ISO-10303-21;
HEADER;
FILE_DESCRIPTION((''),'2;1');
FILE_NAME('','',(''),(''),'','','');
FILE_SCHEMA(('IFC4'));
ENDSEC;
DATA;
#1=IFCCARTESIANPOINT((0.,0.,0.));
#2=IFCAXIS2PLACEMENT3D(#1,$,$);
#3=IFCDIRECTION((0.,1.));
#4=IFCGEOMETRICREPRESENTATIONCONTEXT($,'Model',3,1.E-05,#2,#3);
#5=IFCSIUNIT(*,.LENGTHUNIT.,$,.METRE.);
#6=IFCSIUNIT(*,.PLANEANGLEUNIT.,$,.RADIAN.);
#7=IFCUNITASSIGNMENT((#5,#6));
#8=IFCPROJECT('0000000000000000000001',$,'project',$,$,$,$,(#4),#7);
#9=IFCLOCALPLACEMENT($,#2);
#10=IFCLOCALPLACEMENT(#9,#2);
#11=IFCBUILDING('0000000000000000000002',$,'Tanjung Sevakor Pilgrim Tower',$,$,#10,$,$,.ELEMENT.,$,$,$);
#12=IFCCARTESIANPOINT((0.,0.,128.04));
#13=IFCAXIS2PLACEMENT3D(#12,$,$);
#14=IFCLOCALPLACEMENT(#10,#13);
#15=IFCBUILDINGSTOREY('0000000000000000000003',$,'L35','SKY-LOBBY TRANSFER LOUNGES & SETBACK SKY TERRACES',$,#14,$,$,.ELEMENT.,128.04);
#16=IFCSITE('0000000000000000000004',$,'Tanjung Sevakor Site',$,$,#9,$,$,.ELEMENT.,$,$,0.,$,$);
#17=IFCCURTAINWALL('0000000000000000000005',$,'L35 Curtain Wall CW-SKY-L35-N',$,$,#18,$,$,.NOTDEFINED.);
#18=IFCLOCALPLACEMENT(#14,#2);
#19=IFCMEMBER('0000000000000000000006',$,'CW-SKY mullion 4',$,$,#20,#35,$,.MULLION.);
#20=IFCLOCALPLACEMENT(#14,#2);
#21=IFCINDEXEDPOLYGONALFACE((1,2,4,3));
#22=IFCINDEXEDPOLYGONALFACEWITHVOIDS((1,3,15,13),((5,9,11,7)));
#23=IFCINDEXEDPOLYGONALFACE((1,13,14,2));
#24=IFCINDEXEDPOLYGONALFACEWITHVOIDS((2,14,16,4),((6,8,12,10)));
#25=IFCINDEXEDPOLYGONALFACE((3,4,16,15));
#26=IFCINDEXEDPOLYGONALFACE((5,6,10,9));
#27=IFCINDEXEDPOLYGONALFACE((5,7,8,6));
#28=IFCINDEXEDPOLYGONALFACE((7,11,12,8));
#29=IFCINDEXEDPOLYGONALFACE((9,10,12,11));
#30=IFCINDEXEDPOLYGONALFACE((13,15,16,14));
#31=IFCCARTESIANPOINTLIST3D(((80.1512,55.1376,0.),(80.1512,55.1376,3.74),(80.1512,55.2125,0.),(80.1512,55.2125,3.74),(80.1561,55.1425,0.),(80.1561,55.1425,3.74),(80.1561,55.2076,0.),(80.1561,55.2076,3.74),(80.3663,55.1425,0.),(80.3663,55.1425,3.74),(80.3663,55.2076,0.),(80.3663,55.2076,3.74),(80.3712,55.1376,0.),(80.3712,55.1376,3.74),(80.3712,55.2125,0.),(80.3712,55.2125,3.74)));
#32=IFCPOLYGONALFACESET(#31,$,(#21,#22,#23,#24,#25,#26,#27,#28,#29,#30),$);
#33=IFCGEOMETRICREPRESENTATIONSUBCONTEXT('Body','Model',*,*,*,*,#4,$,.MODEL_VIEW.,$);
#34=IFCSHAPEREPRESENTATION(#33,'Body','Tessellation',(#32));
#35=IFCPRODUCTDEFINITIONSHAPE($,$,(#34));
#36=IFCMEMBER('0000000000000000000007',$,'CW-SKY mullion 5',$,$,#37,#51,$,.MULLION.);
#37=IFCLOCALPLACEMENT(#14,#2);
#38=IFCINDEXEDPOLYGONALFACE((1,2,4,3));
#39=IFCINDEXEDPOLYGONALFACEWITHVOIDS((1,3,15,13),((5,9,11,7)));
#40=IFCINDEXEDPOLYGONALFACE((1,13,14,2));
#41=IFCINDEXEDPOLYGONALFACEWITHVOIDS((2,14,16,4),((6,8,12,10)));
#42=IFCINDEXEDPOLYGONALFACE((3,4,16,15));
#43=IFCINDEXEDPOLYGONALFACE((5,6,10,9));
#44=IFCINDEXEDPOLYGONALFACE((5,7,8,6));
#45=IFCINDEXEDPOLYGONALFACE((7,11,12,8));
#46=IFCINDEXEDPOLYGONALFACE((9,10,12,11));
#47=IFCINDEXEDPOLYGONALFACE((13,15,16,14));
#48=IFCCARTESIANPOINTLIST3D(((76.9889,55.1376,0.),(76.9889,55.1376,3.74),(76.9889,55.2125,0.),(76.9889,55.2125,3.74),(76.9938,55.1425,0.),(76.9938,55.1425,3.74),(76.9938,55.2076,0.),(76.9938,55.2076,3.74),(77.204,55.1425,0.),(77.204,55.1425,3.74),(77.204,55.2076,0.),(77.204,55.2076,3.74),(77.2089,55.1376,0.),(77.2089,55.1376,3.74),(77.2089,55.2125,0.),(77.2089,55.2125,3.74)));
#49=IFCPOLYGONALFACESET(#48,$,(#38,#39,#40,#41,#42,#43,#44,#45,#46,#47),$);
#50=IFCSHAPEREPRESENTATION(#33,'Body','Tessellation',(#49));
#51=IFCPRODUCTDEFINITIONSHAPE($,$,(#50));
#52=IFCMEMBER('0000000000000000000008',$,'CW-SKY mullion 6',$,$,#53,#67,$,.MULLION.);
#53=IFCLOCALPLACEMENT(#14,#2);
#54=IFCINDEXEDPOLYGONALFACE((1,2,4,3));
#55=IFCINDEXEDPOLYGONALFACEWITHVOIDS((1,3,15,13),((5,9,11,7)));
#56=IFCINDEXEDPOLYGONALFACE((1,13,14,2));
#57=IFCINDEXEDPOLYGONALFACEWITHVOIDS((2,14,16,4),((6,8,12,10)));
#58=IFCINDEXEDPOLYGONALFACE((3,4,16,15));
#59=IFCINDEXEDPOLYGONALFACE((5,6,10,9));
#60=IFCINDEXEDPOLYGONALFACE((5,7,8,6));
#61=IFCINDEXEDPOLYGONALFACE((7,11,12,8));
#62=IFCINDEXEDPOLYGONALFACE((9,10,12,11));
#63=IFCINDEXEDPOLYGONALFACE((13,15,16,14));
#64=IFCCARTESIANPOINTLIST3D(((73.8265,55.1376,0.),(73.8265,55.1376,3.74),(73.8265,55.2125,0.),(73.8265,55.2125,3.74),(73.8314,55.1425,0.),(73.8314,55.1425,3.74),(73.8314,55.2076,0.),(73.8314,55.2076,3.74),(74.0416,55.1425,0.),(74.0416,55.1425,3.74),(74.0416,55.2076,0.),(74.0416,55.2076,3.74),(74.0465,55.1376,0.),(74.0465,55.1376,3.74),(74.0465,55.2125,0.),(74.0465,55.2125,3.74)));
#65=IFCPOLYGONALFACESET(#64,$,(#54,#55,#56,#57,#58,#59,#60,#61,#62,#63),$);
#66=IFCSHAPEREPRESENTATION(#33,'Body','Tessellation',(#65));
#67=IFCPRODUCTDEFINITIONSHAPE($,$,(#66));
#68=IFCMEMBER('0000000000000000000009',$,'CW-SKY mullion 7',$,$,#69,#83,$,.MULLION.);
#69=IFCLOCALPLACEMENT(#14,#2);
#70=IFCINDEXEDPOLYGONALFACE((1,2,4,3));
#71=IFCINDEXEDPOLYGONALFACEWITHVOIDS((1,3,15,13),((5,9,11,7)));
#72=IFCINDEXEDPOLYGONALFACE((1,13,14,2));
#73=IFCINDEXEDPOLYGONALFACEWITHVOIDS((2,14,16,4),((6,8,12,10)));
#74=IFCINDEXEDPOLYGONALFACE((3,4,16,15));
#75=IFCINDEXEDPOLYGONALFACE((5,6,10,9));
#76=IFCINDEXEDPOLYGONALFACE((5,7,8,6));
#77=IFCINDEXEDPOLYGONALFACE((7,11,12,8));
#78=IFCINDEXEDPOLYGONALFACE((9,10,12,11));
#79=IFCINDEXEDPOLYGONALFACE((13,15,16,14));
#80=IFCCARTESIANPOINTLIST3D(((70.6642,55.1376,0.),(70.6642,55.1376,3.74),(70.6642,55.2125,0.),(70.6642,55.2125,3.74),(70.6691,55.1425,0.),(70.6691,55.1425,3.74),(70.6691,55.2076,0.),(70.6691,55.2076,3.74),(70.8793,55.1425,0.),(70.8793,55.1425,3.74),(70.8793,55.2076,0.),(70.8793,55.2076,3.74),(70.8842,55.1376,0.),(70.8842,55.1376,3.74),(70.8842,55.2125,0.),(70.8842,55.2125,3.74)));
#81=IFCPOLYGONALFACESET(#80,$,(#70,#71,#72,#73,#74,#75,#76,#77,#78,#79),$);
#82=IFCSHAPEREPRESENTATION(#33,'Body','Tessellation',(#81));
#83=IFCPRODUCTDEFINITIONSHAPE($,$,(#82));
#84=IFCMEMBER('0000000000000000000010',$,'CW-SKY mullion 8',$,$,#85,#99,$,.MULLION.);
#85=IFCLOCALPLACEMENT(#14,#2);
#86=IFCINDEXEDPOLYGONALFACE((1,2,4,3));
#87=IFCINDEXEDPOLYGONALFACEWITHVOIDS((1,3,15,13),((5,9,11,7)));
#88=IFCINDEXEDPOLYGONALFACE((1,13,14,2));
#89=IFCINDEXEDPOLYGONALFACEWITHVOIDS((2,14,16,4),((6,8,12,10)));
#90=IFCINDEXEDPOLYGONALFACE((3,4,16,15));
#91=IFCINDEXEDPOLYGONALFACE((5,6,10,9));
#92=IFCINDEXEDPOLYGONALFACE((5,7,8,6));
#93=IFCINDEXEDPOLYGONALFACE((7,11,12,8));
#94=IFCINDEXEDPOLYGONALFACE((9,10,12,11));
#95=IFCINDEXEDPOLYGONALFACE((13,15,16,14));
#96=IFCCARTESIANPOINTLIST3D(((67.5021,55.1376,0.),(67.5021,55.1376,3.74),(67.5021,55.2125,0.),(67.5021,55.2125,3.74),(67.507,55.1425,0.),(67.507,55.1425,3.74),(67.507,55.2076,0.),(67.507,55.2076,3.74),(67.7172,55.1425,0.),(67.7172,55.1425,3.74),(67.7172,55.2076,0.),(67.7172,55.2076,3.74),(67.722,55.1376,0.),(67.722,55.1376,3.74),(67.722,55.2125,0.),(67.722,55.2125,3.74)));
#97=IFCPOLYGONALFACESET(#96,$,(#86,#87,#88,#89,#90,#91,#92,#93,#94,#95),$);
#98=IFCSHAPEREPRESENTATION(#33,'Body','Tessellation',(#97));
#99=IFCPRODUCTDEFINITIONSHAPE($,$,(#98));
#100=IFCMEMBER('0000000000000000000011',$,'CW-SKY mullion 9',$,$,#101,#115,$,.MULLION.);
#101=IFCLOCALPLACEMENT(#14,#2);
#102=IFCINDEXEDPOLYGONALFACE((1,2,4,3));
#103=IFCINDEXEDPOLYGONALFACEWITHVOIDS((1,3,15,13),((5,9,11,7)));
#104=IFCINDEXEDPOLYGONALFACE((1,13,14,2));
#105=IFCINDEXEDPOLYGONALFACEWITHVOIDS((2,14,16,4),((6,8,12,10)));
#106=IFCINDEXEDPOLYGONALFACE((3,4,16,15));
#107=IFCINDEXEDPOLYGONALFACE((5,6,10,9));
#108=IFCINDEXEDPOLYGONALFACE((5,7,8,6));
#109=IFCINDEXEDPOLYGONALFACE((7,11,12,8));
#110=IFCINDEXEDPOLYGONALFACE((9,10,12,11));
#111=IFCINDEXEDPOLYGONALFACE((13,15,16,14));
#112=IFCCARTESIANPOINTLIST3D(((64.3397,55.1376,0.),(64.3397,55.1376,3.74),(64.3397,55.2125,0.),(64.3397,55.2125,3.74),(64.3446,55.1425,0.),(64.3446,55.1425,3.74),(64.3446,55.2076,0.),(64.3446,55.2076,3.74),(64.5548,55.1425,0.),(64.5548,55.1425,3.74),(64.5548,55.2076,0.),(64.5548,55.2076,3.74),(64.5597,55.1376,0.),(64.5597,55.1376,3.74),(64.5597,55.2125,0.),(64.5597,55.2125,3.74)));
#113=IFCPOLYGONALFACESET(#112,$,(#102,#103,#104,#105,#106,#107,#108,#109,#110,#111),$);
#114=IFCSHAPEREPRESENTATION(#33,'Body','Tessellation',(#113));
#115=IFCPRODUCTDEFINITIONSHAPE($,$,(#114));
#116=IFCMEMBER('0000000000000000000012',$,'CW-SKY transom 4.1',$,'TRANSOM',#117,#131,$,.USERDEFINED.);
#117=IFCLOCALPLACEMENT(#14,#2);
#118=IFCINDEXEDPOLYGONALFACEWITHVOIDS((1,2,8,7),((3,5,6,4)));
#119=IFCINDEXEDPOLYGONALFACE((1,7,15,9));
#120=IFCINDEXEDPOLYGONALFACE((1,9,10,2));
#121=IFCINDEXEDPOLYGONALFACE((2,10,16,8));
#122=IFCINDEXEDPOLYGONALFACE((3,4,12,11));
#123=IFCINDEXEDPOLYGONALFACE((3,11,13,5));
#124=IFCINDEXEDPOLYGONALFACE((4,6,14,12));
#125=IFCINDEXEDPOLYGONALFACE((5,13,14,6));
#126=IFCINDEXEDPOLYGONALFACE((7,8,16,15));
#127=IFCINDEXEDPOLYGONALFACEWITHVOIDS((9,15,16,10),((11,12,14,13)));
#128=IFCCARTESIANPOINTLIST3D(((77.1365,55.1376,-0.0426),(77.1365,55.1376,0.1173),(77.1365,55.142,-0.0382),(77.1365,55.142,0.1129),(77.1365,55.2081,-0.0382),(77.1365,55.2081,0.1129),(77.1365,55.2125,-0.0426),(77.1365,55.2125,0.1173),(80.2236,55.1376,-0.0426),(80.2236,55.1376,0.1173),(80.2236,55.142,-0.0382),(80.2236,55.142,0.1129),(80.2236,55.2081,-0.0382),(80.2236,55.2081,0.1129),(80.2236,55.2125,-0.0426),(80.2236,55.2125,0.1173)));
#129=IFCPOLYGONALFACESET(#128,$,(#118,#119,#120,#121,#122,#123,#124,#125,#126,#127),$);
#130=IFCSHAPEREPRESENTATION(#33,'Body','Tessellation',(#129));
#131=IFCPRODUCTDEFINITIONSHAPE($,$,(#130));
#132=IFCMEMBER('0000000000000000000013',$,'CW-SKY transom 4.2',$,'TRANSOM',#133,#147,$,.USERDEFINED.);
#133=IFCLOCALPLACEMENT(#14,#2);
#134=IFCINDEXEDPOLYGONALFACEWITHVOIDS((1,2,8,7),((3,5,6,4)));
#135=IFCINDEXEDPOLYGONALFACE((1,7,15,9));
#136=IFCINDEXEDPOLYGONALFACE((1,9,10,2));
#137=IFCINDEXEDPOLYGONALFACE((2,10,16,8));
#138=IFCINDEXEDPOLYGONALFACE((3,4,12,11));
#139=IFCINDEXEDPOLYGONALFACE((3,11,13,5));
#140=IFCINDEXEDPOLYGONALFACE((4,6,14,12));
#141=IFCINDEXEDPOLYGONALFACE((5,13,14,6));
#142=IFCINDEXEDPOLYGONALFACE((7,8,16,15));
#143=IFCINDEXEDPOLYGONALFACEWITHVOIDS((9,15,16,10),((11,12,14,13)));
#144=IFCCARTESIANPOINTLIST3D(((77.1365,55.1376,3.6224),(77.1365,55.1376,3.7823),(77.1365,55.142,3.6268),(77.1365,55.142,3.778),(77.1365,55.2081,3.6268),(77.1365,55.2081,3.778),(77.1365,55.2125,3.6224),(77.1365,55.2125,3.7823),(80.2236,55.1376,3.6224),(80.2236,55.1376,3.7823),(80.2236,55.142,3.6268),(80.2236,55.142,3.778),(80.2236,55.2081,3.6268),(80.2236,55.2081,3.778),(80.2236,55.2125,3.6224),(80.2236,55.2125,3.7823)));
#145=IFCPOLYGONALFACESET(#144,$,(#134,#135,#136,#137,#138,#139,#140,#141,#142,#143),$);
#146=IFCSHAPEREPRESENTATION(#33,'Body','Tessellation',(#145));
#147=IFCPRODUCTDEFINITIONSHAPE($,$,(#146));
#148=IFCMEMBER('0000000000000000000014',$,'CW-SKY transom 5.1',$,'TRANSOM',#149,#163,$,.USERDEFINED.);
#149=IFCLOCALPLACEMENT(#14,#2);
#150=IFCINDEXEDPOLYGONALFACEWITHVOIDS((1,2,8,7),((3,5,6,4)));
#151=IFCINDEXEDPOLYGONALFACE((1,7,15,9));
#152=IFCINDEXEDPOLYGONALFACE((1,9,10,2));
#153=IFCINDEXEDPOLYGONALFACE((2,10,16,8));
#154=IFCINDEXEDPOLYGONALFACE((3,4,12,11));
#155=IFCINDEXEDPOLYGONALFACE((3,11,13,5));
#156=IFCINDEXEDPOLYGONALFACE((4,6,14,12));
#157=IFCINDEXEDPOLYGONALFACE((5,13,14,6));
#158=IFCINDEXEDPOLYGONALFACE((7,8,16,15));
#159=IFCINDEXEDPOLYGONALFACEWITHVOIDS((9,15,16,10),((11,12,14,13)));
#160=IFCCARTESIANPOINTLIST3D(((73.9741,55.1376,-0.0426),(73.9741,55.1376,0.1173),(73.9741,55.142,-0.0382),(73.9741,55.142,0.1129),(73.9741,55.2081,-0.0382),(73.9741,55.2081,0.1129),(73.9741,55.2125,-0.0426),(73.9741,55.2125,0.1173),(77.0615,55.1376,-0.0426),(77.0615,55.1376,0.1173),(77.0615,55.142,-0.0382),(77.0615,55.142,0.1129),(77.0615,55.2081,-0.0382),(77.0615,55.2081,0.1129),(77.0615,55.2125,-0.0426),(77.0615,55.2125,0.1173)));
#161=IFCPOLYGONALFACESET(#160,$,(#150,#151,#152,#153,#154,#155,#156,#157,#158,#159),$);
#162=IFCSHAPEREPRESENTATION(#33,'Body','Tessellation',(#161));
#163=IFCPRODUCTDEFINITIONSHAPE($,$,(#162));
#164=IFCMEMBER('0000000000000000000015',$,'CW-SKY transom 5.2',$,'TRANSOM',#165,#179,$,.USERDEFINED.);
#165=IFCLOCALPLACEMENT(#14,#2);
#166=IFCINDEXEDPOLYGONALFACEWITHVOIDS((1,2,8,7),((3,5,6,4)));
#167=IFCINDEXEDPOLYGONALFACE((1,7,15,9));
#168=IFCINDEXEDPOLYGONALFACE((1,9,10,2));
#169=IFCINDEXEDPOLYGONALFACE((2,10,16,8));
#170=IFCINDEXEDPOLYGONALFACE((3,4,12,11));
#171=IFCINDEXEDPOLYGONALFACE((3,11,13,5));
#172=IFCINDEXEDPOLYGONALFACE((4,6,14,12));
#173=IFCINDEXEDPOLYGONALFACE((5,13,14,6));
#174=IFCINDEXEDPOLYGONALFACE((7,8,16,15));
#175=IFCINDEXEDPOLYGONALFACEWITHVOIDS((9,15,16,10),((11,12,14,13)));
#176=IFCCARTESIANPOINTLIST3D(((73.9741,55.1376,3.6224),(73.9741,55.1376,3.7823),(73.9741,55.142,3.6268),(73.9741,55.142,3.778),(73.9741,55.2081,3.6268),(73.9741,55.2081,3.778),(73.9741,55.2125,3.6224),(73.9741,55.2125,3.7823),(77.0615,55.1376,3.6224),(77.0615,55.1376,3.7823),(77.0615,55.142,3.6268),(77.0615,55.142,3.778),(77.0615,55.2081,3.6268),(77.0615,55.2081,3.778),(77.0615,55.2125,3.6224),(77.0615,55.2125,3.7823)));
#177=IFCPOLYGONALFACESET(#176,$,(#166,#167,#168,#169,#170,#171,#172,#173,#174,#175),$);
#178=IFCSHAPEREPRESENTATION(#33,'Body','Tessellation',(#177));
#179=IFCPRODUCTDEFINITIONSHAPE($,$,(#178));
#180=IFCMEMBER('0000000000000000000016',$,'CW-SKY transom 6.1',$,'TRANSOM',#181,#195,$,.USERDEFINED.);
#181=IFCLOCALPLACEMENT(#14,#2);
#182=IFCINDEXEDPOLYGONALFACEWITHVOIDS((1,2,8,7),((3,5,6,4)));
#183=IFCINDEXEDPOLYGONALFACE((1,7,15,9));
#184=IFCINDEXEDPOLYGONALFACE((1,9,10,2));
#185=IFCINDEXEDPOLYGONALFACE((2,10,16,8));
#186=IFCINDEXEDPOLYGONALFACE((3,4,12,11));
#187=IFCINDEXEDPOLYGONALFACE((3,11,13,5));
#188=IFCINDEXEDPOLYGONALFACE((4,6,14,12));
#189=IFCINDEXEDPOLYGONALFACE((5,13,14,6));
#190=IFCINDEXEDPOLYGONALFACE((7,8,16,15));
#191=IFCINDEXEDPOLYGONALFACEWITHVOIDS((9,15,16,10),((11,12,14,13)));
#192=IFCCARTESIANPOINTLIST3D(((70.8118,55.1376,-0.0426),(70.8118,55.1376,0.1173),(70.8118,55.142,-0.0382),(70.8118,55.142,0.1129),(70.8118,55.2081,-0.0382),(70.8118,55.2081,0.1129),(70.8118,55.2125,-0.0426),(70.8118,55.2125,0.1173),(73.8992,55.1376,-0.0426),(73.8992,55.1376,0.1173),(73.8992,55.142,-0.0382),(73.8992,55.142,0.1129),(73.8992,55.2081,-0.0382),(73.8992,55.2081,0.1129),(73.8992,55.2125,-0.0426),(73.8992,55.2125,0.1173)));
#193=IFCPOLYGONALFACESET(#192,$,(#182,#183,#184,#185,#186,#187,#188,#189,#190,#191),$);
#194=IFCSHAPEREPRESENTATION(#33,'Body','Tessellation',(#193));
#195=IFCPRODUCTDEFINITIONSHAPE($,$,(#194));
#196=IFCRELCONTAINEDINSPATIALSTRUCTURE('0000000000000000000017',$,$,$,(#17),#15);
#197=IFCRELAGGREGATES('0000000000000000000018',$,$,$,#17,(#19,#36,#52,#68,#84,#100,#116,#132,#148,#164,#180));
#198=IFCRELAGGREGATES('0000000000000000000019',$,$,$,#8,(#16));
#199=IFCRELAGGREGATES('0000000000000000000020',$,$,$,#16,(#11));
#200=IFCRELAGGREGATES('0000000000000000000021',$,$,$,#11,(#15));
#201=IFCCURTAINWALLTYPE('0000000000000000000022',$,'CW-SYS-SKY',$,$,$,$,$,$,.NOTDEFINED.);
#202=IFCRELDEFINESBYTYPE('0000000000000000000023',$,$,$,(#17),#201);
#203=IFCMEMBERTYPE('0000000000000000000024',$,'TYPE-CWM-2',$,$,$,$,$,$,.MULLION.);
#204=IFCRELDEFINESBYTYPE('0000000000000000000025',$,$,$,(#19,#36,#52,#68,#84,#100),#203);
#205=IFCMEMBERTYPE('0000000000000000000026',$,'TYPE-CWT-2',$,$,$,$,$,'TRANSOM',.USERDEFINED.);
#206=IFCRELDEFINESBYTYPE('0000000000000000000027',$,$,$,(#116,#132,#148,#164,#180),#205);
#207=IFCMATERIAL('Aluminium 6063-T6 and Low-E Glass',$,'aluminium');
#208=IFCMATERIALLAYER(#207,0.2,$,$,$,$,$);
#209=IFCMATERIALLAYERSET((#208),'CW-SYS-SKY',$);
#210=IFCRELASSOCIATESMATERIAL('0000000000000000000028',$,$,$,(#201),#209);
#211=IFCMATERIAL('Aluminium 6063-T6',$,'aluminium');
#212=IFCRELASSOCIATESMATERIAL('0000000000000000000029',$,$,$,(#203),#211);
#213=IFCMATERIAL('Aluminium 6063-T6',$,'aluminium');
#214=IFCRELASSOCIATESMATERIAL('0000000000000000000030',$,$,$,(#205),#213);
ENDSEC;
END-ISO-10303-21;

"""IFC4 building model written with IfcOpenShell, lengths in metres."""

from ifc_helpers import new_model, si_unit, direction, frame, origin, origin_2d, place, context, subcontext, project, spatial, hollow_rectangle, extrude, material, layer, layer_set, material_profile, profile_set, type_object, element, aggregate, save


model = new_model("IFC4")

# Units and contexts
model_context = context("Model", 3, precision=1e-05, world=origin(), true_north=direction((0.0, 1.0)))
body_context = subcontext(model_context, "Body", "Model", "MODEL_VIEW")
ifc_project = project(units=[si_unit("LENGTHUNIT", "METRE"), si_unit("PLANEANGLEUNIT", "RADIAN")], contexts=[model_context])

# Site, building, storey
site_placement = place(None, origin())
site = spatial("IfcSite", under=ifc_project, at=site_placement, Name="Tanjung Sevakor Site", CompositionType="ELEMENT", RefElevation=0.0)
building_placement = place(site_placement, origin())
building = spatial("IfcBuilding", under=site, at=building_placement, Name="Tanjung Sevakor Pilgrim Tower", CompositionType="ELEMENT")
storey_placement = place(building_placement, frame((0.0, 0.0, 128.04)))
storey = spatial("IfcBuildingStorey", under=building, at=storey_placement, Name="L35", Description="SKY-LOBBY TRANSFER LOUNGES & SETBACK SKY TERRACES", CompositionType="ELEMENT", Elevation=128.04)

# Curtain wall, members
ifc_material_1 = material(Name="Aluminium 6063-T6 and Low-E Glass", Category="aluminium")
ifc_layer_1 = layer(ifc_material_1, 0.2)
ifc_layer_set_1 = layer_set([ifc_layer_1], Name="CW-SYS-SKY")
curtain_wall_type = type_object("IfcCurtainWallType", Name="CW-SYS-SKY", PredefinedType="NOTDEFINED", material=ifc_layer_set_1)
curtain_wall_placement = place(storey_placement, origin())
curtain_wall = element("IfcCurtainWall", 1, at=curtain_wall_placement, inside=storey, type_object=curtain_wall_type, Name="L35 Curtain Wall CW-SKY-L35-N", PredefinedType="NOTDEFINED")
ifc_material_2 = material(Name="Aluminium 6063-T6", Category="aluminium")
ifc_material_profile_1 = material_profile(ifc_material_2, hollow_rectangle(XDim=0.075, YDim=0.22, WallThickness=0.0049, at=origin_2d()))
ifc_profile_set_1 = profile_set([ifc_material_profile_1], Name="Aluminium 6063-T6")
member_type_1 = type_object("IfcMemberType", Name="TYPE-CWM-2", PredefinedType="MULLION", material=ifc_profile_set_1)
member_1_placement = place(storey_placement, frame((80.2612, 55.175, 0.0), z_axis=(0.0, 0.0, 1.0), x_axis=(0.0, -1.0, 0.0)))
member_1 = element("IfcMember", 2, at=member_1_placement, type_object=member_type_1, Name="CW-SKY mullion 4", PredefinedType="MULLION", context=body_context, shape_type="SweptSolid", body=[
    extrude(hollow_rectangle(XDim=0.075, YDim=0.22, WallThickness=0.0049, at=origin_2d()), origin(), (0.0, 0.0, 1.0), 3.74),
])
member_2_placement = place(storey_placement, frame((77.0989, 55.175, 0.0), z_axis=(0.0, 0.0, 1.0), x_axis=(0.0, -1.0, 0.0)))
member_2 = element("IfcMember", 3, at=member_2_placement, type_object=member_type_1, Name="CW-SKY mullion 5", PredefinedType="MULLION", context=body_context, shape_type="SweptSolid", body=[
    extrude(hollow_rectangle(XDim=0.075, YDim=0.22, WallThickness=0.0049, at=origin_2d()), origin(), (0.0, 0.0, 1.0), 3.74),
])
member_3_placement = place(storey_placement, frame((73.9365, 55.175, 0.0), z_axis=(0.0, 0.0, 1.0), x_axis=(0.0, -1.0, 0.0)))
member_3 = element("IfcMember", 4, at=member_3_placement, type_object=member_type_1, Name="CW-SKY mullion 6", PredefinedType="MULLION", context=body_context, shape_type="SweptSolid", body=[
    extrude(hollow_rectangle(XDim=0.075, YDim=0.22, WallThickness=0.0049, at=origin_2d()), origin(), (0.0, 0.0, 1.0), 3.74),
])
member_4_placement = place(storey_placement, frame((70.7742, 55.175, 0.0), z_axis=(0.0, 0.0, 1.0), x_axis=(0.0, -1.0, 0.0)))
member_4 = element("IfcMember", 5, at=member_4_placement, type_object=member_type_1, Name="CW-SKY mullion 7", PredefinedType="MULLION", context=body_context, shape_type="SweptSolid", body=[
    extrude(hollow_rectangle(XDim=0.075, YDim=0.22, WallThickness=0.0049, at=origin_2d()), origin(), (0.0, 0.0, 1.0), 3.74),
])
member_5_placement = place(storey_placement, frame((67.6121, 55.175, 0.0), z_axis=(0.0, 0.0, 1.0), x_axis=(0.0, -1.0, 0.0)))
member_5 = element("IfcMember", 6, at=member_5_placement, type_object=member_type_1, Name="CW-SKY mullion 8", PredefinedType="MULLION", context=body_context, shape_type="SweptSolid", body=[
    extrude(hollow_rectangle(XDim=0.075, YDim=0.22, WallThickness=0.0049, at=origin_2d()), origin(), (0.0, 0.0, 1.0), 3.74),
])
member_6_placement = place(storey_placement, frame((64.4497, 55.175, 0.0), z_axis=(0.0, 0.0, 1.0), x_axis=(0.0, -1.0, 0.0)))
member_6 = element("IfcMember", 7, at=member_6_placement, type_object=member_type_1, Name="CW-SKY mullion 9", PredefinedType="MULLION", context=body_context, shape_type="SweptSolid", body=[
    extrude(hollow_rectangle(XDim=0.075, YDim=0.22, WallThickness=0.0049, at=origin_2d()), origin(), (0.0, 0.0, 1.0), 3.74),
])
ifc_material_3 = material(Name="Aluminium 6063-T6", Category="aluminium")
ifc_material_profile_2 = material_profile(ifc_material_3, hollow_rectangle(XDim=0.075, YDim=0.1599, WallThickness=0.0044, at=origin_2d()))
ifc_profile_set_2 = profile_set([ifc_material_profile_2], Name="Aluminium 6063-T6")
member_type_2 = type_object("IfcMemberType", Name="TYPE-CWT-2", ElementType="TRANSOM", PredefinedType="USERDEFINED", material=ifc_profile_set_2)
member_7_placement = place(storey_placement, frame((80.2236, 55.175, 0.0374), z_axis=(-1.0, 0.0, 0.0), x_axis=(0.0, -1.0, 0.0)))
member_7 = element("IfcMember", 8, at=member_7_placement, type_object=member_type_2, Name="CW-SKY transom 4.1", ObjectType="TRANSOM", PredefinedType="USERDEFINED", context=body_context, shape_type="SweptSolid", body=[
    extrude(hollow_rectangle(XDim=0.075, YDim=0.1599, WallThickness=0.0044, at=origin_2d()), origin(), (0.0, 0.0, 1.0), 3.0872),
])
member_8_placement = place(storey_placement, frame((80.2236, 55.175, 3.7024), z_axis=(-1.0, 0.0, 0.0), x_axis=(0.0, -1.0, 0.0)))
member_8 = element("IfcMember", 9, at=member_8_placement, type_object=member_type_2, Name="CW-SKY transom 4.2", ObjectType="TRANSOM", PredefinedType="USERDEFINED", context=body_context, shape_type="SweptSolid", body=[
    extrude(hollow_rectangle(XDim=0.075, YDim=0.1599, WallThickness=0.0044, at=origin_2d()), origin(), (0.0, 0.0, 1.0), 3.0872),
])
member_9_placement = place(storey_placement, frame((77.0615, 55.175, 0.0374), z_axis=(-1.0, 0.0, 0.0), x_axis=(0.0, -1.0, 0.0)))
member_9 = element("IfcMember", 10, at=member_9_placement, type_object=member_type_2, Name="CW-SKY transom 5.1", ObjectType="TRANSOM", PredefinedType="USERDEFINED", context=body_context, shape_type="SweptSolid", body=[
    extrude(hollow_rectangle(XDim=0.075, YDim=0.1599, WallThickness=0.0044, at=origin_2d()), origin(), (0.0, 0.0, 1.0), 3.0874),
])
member_10_placement = place(storey_placement, frame((77.0615, 55.175, 3.7024), z_axis=(-1.0, 0.0, 0.0), x_axis=(0.0, -1.0, 0.0)))
member_10 = element("IfcMember", 11, at=member_10_placement, type_object=member_type_2, Name="CW-SKY transom 5.2", ObjectType="TRANSOM", PredefinedType="USERDEFINED", context=body_context, shape_type="SweptSolid", body=[
    extrude(hollow_rectangle(XDim=0.075, YDim=0.1599, WallThickness=0.0044, at=origin_2d()), origin(), (0.0, 0.0, 1.0), 3.0874),
])
member_11_placement = place(storey_placement, frame((73.8992, 55.175, 0.0374), z_axis=(-1.0, 0.0, 0.0), x_axis=(0.0, -1.0, 0.0)))
member_11 = element("IfcMember", 12, at=member_11_placement, type_object=member_type_2, Name="CW-SKY transom 6.1", ObjectType="TRANSOM", PredefinedType="USERDEFINED", context=body_context, shape_type="SweptSolid", body=[
    extrude(hollow_rectangle(XDim=0.075, YDim=0.1599, WallThickness=0.0044, at=origin_2d()), origin(), (0.0, 0.0, 1.0), 3.0874),
])
aggregate(curtain_wall, [member_1, member_2, member_3, member_4, member_5, member_6, member_7, member_8, member_9, member_10, member_11])

save(model, "model.ifc")
